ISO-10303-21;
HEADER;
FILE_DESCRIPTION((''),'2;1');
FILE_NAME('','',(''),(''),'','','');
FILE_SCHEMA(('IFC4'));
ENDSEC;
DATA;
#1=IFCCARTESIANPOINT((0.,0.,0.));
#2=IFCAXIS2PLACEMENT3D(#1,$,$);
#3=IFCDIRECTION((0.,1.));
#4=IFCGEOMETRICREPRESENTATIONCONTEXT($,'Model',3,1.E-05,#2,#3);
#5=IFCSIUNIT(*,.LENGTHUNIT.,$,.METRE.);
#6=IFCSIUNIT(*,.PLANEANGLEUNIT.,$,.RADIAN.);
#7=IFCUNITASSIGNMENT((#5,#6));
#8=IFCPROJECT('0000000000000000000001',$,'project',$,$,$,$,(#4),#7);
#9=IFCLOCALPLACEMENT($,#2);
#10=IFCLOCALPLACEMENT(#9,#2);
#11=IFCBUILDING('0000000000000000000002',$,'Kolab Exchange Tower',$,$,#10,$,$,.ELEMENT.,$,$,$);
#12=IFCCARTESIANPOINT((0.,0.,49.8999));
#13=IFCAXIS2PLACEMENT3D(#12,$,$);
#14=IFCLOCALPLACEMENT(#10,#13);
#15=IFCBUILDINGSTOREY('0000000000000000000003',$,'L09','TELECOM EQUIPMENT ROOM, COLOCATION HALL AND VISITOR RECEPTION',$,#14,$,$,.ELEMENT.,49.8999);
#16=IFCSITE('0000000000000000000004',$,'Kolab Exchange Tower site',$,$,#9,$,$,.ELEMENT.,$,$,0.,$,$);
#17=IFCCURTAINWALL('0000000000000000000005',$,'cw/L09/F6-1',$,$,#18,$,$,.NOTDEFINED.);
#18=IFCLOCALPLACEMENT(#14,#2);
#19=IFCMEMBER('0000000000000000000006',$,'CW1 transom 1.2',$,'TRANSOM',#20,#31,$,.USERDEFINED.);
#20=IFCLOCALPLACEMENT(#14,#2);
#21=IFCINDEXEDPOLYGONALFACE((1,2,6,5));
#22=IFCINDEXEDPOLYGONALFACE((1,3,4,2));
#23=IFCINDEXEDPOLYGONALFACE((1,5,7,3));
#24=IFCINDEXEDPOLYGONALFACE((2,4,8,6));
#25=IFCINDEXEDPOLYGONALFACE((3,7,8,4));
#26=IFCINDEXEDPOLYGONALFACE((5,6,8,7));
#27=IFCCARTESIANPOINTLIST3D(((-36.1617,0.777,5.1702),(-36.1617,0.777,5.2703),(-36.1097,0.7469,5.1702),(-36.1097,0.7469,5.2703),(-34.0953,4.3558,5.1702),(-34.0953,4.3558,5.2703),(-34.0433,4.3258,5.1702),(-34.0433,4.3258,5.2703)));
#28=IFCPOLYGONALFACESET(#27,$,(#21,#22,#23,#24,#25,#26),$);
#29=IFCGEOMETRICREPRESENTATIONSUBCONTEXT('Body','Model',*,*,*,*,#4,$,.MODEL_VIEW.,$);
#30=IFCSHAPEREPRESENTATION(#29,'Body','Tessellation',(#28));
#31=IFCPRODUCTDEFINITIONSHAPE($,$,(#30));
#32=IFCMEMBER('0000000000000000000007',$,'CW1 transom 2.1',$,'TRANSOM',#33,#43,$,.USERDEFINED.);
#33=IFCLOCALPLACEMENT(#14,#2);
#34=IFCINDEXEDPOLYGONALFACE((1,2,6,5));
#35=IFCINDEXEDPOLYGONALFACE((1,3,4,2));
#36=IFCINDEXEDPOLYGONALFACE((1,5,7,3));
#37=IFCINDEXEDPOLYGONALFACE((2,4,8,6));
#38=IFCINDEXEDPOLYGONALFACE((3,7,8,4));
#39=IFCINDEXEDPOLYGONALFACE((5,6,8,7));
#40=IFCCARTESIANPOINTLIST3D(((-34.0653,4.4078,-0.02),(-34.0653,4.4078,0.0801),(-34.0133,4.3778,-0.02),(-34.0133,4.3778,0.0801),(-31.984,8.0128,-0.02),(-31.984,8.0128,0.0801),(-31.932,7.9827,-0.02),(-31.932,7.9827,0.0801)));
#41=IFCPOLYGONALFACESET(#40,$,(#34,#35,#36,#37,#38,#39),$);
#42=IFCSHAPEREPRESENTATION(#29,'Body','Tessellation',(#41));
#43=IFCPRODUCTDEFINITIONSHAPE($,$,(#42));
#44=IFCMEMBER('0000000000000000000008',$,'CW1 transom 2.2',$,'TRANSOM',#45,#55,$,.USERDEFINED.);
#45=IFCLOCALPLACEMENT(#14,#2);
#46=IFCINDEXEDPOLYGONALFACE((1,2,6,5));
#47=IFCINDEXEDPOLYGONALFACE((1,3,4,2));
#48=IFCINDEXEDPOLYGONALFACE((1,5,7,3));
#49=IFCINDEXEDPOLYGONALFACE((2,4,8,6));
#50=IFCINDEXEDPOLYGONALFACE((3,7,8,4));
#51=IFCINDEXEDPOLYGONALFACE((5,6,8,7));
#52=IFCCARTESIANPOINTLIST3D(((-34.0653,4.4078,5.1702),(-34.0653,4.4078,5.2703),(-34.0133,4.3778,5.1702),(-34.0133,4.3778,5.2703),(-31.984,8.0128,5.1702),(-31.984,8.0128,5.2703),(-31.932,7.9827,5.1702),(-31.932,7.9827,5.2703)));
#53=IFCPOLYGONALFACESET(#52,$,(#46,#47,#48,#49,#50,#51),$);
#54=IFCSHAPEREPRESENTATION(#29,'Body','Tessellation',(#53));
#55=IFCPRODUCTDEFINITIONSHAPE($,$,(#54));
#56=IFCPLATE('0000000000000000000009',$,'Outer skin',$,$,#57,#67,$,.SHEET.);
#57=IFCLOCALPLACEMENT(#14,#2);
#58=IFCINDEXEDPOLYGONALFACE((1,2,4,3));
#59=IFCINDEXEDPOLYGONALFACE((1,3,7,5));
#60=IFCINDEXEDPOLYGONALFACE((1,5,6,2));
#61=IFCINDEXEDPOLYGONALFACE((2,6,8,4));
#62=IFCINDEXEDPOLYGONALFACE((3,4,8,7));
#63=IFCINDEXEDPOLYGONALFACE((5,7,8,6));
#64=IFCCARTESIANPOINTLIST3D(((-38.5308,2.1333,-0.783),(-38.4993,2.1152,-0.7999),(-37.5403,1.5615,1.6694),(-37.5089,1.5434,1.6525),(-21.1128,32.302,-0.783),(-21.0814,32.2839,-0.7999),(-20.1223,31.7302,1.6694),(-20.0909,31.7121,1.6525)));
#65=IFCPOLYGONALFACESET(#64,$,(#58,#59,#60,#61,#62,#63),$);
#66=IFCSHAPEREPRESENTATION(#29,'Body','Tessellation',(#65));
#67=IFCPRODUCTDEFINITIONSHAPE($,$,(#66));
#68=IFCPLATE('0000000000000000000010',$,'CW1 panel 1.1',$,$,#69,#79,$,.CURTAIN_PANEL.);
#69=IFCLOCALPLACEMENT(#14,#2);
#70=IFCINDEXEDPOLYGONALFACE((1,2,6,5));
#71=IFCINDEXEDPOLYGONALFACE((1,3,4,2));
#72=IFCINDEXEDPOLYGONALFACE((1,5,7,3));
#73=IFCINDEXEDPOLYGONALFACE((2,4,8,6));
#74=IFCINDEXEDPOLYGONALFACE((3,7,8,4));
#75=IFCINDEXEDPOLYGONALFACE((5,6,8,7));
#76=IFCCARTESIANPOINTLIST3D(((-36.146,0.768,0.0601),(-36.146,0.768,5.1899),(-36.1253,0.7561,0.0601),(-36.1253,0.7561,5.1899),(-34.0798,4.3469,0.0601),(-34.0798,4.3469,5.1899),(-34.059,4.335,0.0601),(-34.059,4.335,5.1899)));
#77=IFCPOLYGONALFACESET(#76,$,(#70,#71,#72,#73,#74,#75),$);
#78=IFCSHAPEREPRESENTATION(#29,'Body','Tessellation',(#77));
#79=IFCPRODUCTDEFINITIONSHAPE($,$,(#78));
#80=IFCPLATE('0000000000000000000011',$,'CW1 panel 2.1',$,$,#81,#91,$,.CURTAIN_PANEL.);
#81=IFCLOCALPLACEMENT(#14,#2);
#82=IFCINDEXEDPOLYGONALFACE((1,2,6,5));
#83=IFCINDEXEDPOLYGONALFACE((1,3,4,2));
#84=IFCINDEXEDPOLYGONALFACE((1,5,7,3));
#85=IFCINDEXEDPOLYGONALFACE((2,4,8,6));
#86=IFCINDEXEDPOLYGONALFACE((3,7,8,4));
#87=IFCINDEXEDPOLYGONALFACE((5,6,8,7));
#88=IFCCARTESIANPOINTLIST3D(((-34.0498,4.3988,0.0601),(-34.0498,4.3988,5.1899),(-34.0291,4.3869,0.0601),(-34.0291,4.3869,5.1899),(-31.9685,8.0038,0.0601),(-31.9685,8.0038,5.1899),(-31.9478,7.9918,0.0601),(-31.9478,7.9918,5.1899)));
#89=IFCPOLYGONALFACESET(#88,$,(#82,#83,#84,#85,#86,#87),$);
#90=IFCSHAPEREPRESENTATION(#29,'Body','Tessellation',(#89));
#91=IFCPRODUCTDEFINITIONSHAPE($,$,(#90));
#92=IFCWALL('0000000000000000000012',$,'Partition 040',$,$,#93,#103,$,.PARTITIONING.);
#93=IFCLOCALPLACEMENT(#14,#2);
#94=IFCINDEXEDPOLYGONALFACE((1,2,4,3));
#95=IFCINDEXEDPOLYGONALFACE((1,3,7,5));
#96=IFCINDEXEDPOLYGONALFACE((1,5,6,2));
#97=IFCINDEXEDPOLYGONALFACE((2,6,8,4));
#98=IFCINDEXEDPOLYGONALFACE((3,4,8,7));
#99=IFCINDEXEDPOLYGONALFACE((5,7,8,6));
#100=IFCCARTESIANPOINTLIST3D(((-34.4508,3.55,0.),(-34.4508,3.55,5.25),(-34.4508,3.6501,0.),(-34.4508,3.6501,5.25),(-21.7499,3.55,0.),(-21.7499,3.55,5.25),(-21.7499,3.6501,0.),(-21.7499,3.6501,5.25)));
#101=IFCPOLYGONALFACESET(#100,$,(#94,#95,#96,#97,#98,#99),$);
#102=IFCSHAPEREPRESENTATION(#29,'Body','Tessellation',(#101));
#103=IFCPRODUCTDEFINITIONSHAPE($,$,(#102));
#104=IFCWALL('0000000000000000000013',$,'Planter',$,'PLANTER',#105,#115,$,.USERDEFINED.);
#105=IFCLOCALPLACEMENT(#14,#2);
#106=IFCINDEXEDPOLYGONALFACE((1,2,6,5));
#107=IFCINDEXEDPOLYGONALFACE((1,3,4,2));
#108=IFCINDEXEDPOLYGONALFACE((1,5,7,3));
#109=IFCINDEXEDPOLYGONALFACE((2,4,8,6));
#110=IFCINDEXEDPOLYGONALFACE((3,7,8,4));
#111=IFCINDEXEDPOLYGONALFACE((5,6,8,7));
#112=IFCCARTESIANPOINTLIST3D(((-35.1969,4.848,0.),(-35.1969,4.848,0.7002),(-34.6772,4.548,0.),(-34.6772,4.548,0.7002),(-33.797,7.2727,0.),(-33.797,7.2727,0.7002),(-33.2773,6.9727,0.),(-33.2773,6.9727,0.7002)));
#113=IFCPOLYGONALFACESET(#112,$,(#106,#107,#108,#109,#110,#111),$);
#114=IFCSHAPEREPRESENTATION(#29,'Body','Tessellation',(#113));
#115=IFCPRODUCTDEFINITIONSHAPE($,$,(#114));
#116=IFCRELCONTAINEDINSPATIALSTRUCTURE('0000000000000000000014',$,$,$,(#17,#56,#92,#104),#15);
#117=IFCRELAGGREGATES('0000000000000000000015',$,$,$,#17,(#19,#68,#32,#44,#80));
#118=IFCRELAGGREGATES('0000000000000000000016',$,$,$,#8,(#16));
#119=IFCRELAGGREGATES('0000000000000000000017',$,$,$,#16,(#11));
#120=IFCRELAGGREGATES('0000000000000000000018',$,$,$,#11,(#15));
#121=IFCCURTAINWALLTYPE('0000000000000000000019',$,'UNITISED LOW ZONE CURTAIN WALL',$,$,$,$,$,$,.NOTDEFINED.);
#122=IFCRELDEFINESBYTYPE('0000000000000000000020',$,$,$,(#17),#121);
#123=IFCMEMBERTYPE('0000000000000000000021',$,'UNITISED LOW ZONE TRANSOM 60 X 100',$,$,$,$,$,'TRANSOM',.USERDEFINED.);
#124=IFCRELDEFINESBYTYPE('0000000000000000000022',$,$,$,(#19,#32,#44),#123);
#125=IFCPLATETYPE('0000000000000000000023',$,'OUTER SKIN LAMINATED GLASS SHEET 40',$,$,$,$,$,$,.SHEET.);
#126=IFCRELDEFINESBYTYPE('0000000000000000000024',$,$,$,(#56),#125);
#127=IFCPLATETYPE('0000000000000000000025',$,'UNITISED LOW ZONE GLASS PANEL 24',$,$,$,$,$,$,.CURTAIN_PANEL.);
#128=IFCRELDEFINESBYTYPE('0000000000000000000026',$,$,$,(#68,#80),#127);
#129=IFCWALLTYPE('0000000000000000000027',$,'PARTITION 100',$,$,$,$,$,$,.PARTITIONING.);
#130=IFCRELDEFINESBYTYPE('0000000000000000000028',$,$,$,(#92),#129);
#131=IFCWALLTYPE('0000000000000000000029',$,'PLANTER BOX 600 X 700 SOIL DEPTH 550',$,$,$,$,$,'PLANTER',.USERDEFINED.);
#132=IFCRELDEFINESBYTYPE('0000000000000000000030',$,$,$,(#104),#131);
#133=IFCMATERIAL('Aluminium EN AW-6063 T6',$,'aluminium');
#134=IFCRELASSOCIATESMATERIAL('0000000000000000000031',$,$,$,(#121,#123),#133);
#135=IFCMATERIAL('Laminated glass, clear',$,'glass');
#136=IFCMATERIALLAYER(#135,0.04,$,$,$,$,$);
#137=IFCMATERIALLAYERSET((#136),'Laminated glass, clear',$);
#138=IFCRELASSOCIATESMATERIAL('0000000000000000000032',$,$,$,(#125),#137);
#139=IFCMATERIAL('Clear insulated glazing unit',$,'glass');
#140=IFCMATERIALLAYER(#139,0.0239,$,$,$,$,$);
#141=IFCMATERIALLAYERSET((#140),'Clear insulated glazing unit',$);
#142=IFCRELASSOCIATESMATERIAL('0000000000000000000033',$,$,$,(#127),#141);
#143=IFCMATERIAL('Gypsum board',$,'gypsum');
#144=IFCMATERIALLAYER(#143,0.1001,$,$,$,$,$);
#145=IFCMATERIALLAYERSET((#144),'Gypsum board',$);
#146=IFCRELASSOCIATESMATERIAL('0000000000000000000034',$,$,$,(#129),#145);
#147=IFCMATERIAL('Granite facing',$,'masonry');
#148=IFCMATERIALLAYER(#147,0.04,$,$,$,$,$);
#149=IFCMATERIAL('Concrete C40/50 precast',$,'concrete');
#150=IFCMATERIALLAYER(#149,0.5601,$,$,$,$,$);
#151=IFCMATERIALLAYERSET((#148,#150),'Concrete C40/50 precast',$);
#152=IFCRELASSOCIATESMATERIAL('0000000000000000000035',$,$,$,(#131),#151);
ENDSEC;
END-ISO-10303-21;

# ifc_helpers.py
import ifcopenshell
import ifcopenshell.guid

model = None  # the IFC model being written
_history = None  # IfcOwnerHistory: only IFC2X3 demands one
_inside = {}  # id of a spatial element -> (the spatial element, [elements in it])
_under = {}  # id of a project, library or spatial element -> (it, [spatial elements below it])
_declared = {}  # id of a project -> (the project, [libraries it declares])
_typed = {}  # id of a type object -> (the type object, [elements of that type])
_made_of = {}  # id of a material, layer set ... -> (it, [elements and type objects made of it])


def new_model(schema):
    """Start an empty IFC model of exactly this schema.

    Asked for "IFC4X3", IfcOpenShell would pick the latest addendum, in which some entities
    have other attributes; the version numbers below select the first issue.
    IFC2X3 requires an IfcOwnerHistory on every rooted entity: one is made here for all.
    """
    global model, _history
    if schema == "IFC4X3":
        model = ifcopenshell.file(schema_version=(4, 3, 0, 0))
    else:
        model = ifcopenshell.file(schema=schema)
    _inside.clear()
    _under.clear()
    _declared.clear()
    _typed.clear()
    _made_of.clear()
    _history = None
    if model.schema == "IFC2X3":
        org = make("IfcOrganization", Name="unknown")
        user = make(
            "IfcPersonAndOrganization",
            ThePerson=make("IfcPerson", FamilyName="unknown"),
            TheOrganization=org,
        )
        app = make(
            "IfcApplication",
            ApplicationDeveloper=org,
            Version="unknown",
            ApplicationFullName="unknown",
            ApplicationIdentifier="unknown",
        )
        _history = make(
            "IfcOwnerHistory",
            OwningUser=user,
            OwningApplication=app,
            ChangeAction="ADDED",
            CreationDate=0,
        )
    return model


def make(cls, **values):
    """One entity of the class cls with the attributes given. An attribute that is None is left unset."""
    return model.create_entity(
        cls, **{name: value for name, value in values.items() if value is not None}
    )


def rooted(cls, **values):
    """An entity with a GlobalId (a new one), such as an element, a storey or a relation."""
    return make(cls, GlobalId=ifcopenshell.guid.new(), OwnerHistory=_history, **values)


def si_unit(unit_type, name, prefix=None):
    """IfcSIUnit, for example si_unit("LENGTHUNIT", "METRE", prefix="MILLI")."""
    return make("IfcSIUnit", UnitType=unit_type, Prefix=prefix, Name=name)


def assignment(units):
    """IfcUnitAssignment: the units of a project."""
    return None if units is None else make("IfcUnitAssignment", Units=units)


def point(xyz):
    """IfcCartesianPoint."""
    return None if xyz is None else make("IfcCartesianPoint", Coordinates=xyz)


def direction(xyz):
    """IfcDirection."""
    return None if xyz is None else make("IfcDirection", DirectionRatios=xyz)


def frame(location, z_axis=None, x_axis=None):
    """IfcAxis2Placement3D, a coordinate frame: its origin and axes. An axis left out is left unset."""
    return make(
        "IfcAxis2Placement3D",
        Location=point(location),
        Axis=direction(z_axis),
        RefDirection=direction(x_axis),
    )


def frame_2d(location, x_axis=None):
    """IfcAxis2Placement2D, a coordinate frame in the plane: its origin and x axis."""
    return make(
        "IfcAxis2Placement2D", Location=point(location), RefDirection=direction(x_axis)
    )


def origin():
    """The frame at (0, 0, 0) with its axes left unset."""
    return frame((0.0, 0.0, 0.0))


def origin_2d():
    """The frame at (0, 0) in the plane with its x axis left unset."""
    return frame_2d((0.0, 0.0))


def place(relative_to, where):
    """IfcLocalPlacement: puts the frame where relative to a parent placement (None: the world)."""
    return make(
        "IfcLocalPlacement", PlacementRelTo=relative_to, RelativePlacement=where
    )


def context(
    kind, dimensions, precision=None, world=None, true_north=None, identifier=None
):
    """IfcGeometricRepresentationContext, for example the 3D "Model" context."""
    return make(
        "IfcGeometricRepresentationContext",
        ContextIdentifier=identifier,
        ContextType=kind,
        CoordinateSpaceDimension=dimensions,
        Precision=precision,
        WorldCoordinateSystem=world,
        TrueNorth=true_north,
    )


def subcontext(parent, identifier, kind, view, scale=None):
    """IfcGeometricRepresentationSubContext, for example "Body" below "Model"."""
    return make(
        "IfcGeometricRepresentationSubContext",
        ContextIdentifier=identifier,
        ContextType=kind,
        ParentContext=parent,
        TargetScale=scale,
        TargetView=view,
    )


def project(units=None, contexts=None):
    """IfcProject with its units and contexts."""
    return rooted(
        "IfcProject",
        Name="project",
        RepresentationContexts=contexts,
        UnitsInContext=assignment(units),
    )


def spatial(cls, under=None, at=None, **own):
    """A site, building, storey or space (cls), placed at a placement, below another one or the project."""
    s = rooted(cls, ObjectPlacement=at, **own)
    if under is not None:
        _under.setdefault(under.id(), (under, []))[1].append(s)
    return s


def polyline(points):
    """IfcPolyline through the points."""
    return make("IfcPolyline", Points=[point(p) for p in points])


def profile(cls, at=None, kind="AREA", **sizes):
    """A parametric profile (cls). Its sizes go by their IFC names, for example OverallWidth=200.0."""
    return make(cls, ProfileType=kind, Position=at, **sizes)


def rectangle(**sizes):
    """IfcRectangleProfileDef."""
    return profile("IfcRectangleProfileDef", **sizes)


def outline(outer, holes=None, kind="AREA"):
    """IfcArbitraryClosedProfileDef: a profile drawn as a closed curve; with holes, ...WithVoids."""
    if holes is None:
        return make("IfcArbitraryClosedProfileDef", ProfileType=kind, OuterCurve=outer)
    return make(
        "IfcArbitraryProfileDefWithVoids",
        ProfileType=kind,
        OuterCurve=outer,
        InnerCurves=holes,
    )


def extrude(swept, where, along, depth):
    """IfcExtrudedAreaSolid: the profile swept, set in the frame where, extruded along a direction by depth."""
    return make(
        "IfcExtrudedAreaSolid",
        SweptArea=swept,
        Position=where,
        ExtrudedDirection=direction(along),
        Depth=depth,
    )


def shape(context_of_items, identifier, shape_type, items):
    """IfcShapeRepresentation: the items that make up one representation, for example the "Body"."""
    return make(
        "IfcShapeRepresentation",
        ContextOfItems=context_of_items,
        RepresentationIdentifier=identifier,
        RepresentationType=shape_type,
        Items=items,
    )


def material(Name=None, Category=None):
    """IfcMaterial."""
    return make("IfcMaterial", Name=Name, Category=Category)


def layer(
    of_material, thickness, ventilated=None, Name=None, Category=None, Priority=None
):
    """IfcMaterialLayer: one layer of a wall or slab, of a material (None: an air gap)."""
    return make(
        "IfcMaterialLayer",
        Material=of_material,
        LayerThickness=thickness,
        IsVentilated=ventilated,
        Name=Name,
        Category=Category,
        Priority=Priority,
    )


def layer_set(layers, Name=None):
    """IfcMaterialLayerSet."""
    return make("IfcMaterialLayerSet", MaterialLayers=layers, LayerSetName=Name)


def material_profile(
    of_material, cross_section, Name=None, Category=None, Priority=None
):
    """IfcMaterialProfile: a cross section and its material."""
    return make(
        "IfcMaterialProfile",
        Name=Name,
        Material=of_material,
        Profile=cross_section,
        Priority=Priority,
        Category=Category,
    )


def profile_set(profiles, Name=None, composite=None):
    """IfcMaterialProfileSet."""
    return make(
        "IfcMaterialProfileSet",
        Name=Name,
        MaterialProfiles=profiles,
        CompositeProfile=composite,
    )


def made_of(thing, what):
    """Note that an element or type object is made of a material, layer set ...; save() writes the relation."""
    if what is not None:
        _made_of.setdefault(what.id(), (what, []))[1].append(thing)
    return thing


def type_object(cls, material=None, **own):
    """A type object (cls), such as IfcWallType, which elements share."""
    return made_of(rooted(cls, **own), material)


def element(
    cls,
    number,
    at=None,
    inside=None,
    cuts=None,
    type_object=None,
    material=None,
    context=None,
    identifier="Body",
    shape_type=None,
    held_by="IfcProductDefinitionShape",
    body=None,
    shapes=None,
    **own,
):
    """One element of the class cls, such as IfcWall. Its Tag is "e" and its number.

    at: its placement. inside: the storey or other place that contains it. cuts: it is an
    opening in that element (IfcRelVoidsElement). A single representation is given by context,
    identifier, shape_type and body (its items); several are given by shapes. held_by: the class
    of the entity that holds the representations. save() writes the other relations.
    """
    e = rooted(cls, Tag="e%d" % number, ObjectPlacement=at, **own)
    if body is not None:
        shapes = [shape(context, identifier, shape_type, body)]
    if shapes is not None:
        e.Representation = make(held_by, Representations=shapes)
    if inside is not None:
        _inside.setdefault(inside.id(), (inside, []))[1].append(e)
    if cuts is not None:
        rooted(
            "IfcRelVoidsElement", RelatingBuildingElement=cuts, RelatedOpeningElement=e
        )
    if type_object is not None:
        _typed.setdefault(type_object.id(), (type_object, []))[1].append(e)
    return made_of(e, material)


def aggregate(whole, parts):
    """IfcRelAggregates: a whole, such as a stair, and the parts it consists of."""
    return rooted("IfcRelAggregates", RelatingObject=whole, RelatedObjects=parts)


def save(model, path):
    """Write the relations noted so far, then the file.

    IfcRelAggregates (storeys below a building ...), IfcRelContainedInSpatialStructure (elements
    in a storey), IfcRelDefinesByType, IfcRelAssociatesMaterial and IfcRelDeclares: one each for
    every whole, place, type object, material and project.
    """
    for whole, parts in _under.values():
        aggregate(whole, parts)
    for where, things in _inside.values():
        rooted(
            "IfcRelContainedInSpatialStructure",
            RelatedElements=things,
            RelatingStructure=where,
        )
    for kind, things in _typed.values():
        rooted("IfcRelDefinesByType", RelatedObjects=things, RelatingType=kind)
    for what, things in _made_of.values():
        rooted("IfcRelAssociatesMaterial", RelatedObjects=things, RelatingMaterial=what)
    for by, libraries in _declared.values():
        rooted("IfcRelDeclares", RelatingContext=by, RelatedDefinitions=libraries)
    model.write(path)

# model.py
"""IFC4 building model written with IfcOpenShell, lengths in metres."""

from ifc_helpers import new_model, si_unit, direction, frame, frame_2d, origin, origin_2d, place, context, subcontext, project, spatial, polyline, rectangle, outline, extrude, material, layer, layer_set, material_profile, profile_set, type_object, element, aggregate, save


model = new_model("IFC4")

# Units and contexts
model_context = context("Model", 3, precision=1e-05, world=origin(), true_north=direction((0.0, 1.0)))
body_context = subcontext(model_context, "Body", "Model", "MODEL_VIEW")
ifc_project = project(units=[si_unit("LENGTHUNIT", "METRE"), si_unit("PLANEANGLEUNIT", "RADIAN")], contexts=[model_context])

# Site, building, storey
site_placement = place(None, origin())
site = spatial("IfcSite", under=ifc_project, at=site_placement, Name="Kolab Exchange Tower site", CompositionType="ELEMENT", RefElevation=0.0)
building_placement = place(site_placement, origin())
building = spatial("IfcBuilding", under=site, at=building_placement, Name="Kolab Exchange Tower", CompositionType="ELEMENT")
storey_placement = place(building_placement, frame((0.0, 0.0, 49.8999)))
storey = spatial("IfcBuildingStorey", under=building, at=storey_placement, Name="L09", Description="TELECOM EQUIPMENT ROOM, COLOCATION HALL AND VISITOR RECEPTION", CompositionType="ELEMENT", Elevation=49.8999)

# Curtain wall
ifc_material_1 = material(Name="Aluminium EN AW-6063 T6", Category="aluminium")
curtain_wall_type = type_object("IfcCurtainWallType", Name="UNITISED LOW ZONE CURTAIN WALL", PredefinedType="NOTDEFINED", material=ifc_material_1)
curtain_wall_1_placement = place(storey_placement, origin())
curtain_wall_1 = element("IfcCurtainWall", 1, at=curtain_wall_1_placement, inside=storey, type_object=curtain_wall_type, Name="cw/L09/F6-1", PredefinedType="NOTDEFINED")

# Members
ifc_material_profile_1 = material_profile(ifc_material_1, rectangle(XDim=0.0601, YDim=0.1001, at=origin_2d()), Name="RECT 60X100")
ifc_profile_set_1 = profile_set([ifc_material_profile_1], Name="Aluminium EN AW-6063 T6")
member_type_1 = type_object("IfcMemberType", Name="UNITISED LOW ZONE TRANSOM 60 X 100", ElementType="TRANSOM", PredefinedType="USERDEFINED", material=ifc_profile_set_1)
member_1_placement = place(storey_placement, frame((-36.1357, 0.762, 5.2202), z_axis=(0.500028, 0.866009, 0.0), x_axis=(-0.866009, 0.500028, 0.0)))
member_1 = element("IfcMember", 2, at=member_1_placement, type_object=member_type_1, Name="CW1 transom 1.2", ObjectType="TRANSOM", PredefinedType="USERDEFINED", context=body_context, shape_type="SweptSolid", body=[
    extrude(rectangle(XDim=0.0601, YDim=0.1001, at=origin_2d()), origin(), (0.0, 0.0, 1.0), 4.1326),
])
member_2_placement = place(storey_placement, frame((-34.0393, 4.3928, 0.03), z_axis=(0.499993, 0.866029, 0.0), x_axis=(-0.866029, 0.499993, 0.0)))
member_2 = element("IfcMember", 3, at=member_2_placement, type_object=member_type_1, Name="CW1 transom 2.1", ObjectType="TRANSOM", PredefinedType="USERDEFINED", context=body_context, shape_type="SweptSolid", body=[
    extrude(rectangle(XDim=0.0601, YDim=0.1001, at=origin_2d()), origin(), (0.0, 0.0, 1.0), 4.1626),
])
member_3_placement = place(storey_placement, frame((-34.0393, 4.3928, 5.2202), z_axis=(0.499993, 0.866029, 0.0), x_axis=(-0.866029, 0.499993, 0.0)))
member_3 = element("IfcMember", 4, at=member_3_placement, type_object=member_type_1, Name="CW1 transom 2.2", ObjectType="TRANSOM", PredefinedType="USERDEFINED", context=body_context, shape_type="SweptSolid", body=[
    extrude(rectangle(XDim=0.0601, YDim=0.1001, at=origin_2d()), origin(), (0.0, 0.0, 1.0), 4.1626),
])

# Plates
ifc_material_2 = material(Name="Laminated glass, clear", Category="glass")
ifc_layer_1 = layer(ifc_material_2, 0.04)
ifc_layer_set_1 = layer_set([ifc_layer_1], Name="Laminated glass, clear")
plate_type_1 = type_object("IfcPlateType", Name="OUTER SKIN LAMINATED GLASS SHEET 40", PredefinedType="SHEET", material=ifc_layer_set_1)
plate_1_placement = place(storey_placement, frame((-38.5308, 2.1333, -0.783), z_axis=(-0.784873, 0.453148, 0.422648), x_axis=(0.500001, 0.866025, 0.0)))
element("IfcPlate", 5, at=plate_1_placement, inside=storey, type_object=plate_type_1, Name="Outer skin", PredefinedType="SHEET", context=body_context, shape_type="SweptSolid", body=[
    extrude(outline(polyline([(0.0, 0.0), (34.8358, 0.0), (34.8359, -2.706), (0.0001, -2.706), (0.0, 0.0)])), origin(), (0.0, 0.0, -1.0), 0.04),
])
ifc_material_3 = material(Name="Clear insulated glazing unit", Category="glass")
ifc_layer_2 = layer(ifc_material_3, 0.0239)
ifc_layer_set_2 = layer_set([ifc_layer_2], Name="Clear insulated glazing unit")
plate_type_2 = type_object("IfcPlateType", Name="UNITISED LOW ZONE GLASS PANEL 24", PredefinedType="CURTAIN_PANEL", material=ifc_layer_set_2)
plate_2_placement = place(storey_placement, frame((-35.1025, 2.5515, 0.0601), z_axis=(0.0, 0.0, 1.0), x_axis=(0.5, 0.866025, 0.0)))
plate_2 = element("IfcPlate", 6, at=plate_2_placement, type_object=plate_type_2, Name="CW1 panel 1.1", PredefinedType="CURTAIN_PANEL", context=body_context, shape_type="SweptSolid", body=[
    extrude(rectangle(XDim=4.1326, YDim=0.0239, at=origin_2d()), origin(), (0.0, 0.0, 1.0), 5.1299),
])
plate_3_placement = place(storey_placement, frame((-32.9988, 6.1953, 0.0601), z_axis=(0.0, 0.0, 1.0), x_axis=(0.5, 0.866025, 0.0)))
plate_3 = element("IfcPlate", 7, at=plate_3_placement, type_object=plate_type_2, Name="CW1 panel 2.1", PredefinedType="CURTAIN_PANEL", context=body_context, shape_type="SweptSolid", body=[
    extrude(rectangle(XDim=4.1626, YDim=0.0239, at=origin_2d()), origin(), (0.0, 0.0, 1.0), 5.1299),
])
aggregate(curtain_wall_1, [member_1, plate_2, member_2, member_3, plate_3])

# Walls
ifc_material_4 = material(Name="Gypsum board", Category="gypsum")
ifc_layer_3 = layer(ifc_material_4, 0.1001)
ifc_layer_set_3 = layer_set([ifc_layer_3], Name="Gypsum board")
wall_type_1 = type_object("IfcWallType", Name="PARTITION 100", PredefinedType="PARTITIONING", material=ifc_layer_set_3)
wall_1_placement = place(storey_placement, frame((-34.4509, 3.6001, 0.0), z_axis=(0.0, 0.0, 1.0), x_axis=(1.0, 0.0, 0.0)))
element("IfcWall", 8, at=wall_1_placement, inside=storey, type_object=wall_type_1, Name="Partition 040", PredefinedType="PARTITIONING", context=body_context, shape_type="SweptSolid", body=[
    extrude(rectangle(XDim=12.7009, YDim=0.1001, at=frame_2d((6.3506, 0.0))), origin(), (0.0, 0.0, 1.0), 5.25),
])
ifc_material_5 = material(Name="Granite facing", Category="masonry")
ifc_layer_4 = layer(ifc_material_5, 0.04)
ifc_material_6 = material(Name="Concrete C40/50 precast", Category="concrete")
ifc_layer_5 = layer(ifc_material_6, 0.5601)
ifc_layer_set_4 = layer_set([ifc_layer_4, ifc_layer_5], Name="Concrete C40/50 precast")
wall_type_2 = type_object("IfcWallType", Name="PLANTER BOX 600 X 700 SOIL DEPTH 550", ElementType="PLANTER", PredefinedType="USERDEFINED", material=ifc_layer_set_4)
wall_2_placement = place(storey_placement, frame((-34.937, 4.698, 0.0), z_axis=(0.0, 0.0, 1.0), x_axis=(0.499984, 0.866035, 0.0)))
element("IfcWall", 9, at=wall_2_placement, inside=storey, type_object=wall_type_2, Name="Planter", ObjectType="PLANTER", PredefinedType="USERDEFINED", context=body_context, shape_type="SweptSolid", body=[
    extrude(rectangle(XDim=2.7998, YDim=0.6001, at=frame_2d((1.3999, 0.0))), origin(), (0.0, 0.0, 1.0), 0.7002),
])

save(model, "model.ifc")
